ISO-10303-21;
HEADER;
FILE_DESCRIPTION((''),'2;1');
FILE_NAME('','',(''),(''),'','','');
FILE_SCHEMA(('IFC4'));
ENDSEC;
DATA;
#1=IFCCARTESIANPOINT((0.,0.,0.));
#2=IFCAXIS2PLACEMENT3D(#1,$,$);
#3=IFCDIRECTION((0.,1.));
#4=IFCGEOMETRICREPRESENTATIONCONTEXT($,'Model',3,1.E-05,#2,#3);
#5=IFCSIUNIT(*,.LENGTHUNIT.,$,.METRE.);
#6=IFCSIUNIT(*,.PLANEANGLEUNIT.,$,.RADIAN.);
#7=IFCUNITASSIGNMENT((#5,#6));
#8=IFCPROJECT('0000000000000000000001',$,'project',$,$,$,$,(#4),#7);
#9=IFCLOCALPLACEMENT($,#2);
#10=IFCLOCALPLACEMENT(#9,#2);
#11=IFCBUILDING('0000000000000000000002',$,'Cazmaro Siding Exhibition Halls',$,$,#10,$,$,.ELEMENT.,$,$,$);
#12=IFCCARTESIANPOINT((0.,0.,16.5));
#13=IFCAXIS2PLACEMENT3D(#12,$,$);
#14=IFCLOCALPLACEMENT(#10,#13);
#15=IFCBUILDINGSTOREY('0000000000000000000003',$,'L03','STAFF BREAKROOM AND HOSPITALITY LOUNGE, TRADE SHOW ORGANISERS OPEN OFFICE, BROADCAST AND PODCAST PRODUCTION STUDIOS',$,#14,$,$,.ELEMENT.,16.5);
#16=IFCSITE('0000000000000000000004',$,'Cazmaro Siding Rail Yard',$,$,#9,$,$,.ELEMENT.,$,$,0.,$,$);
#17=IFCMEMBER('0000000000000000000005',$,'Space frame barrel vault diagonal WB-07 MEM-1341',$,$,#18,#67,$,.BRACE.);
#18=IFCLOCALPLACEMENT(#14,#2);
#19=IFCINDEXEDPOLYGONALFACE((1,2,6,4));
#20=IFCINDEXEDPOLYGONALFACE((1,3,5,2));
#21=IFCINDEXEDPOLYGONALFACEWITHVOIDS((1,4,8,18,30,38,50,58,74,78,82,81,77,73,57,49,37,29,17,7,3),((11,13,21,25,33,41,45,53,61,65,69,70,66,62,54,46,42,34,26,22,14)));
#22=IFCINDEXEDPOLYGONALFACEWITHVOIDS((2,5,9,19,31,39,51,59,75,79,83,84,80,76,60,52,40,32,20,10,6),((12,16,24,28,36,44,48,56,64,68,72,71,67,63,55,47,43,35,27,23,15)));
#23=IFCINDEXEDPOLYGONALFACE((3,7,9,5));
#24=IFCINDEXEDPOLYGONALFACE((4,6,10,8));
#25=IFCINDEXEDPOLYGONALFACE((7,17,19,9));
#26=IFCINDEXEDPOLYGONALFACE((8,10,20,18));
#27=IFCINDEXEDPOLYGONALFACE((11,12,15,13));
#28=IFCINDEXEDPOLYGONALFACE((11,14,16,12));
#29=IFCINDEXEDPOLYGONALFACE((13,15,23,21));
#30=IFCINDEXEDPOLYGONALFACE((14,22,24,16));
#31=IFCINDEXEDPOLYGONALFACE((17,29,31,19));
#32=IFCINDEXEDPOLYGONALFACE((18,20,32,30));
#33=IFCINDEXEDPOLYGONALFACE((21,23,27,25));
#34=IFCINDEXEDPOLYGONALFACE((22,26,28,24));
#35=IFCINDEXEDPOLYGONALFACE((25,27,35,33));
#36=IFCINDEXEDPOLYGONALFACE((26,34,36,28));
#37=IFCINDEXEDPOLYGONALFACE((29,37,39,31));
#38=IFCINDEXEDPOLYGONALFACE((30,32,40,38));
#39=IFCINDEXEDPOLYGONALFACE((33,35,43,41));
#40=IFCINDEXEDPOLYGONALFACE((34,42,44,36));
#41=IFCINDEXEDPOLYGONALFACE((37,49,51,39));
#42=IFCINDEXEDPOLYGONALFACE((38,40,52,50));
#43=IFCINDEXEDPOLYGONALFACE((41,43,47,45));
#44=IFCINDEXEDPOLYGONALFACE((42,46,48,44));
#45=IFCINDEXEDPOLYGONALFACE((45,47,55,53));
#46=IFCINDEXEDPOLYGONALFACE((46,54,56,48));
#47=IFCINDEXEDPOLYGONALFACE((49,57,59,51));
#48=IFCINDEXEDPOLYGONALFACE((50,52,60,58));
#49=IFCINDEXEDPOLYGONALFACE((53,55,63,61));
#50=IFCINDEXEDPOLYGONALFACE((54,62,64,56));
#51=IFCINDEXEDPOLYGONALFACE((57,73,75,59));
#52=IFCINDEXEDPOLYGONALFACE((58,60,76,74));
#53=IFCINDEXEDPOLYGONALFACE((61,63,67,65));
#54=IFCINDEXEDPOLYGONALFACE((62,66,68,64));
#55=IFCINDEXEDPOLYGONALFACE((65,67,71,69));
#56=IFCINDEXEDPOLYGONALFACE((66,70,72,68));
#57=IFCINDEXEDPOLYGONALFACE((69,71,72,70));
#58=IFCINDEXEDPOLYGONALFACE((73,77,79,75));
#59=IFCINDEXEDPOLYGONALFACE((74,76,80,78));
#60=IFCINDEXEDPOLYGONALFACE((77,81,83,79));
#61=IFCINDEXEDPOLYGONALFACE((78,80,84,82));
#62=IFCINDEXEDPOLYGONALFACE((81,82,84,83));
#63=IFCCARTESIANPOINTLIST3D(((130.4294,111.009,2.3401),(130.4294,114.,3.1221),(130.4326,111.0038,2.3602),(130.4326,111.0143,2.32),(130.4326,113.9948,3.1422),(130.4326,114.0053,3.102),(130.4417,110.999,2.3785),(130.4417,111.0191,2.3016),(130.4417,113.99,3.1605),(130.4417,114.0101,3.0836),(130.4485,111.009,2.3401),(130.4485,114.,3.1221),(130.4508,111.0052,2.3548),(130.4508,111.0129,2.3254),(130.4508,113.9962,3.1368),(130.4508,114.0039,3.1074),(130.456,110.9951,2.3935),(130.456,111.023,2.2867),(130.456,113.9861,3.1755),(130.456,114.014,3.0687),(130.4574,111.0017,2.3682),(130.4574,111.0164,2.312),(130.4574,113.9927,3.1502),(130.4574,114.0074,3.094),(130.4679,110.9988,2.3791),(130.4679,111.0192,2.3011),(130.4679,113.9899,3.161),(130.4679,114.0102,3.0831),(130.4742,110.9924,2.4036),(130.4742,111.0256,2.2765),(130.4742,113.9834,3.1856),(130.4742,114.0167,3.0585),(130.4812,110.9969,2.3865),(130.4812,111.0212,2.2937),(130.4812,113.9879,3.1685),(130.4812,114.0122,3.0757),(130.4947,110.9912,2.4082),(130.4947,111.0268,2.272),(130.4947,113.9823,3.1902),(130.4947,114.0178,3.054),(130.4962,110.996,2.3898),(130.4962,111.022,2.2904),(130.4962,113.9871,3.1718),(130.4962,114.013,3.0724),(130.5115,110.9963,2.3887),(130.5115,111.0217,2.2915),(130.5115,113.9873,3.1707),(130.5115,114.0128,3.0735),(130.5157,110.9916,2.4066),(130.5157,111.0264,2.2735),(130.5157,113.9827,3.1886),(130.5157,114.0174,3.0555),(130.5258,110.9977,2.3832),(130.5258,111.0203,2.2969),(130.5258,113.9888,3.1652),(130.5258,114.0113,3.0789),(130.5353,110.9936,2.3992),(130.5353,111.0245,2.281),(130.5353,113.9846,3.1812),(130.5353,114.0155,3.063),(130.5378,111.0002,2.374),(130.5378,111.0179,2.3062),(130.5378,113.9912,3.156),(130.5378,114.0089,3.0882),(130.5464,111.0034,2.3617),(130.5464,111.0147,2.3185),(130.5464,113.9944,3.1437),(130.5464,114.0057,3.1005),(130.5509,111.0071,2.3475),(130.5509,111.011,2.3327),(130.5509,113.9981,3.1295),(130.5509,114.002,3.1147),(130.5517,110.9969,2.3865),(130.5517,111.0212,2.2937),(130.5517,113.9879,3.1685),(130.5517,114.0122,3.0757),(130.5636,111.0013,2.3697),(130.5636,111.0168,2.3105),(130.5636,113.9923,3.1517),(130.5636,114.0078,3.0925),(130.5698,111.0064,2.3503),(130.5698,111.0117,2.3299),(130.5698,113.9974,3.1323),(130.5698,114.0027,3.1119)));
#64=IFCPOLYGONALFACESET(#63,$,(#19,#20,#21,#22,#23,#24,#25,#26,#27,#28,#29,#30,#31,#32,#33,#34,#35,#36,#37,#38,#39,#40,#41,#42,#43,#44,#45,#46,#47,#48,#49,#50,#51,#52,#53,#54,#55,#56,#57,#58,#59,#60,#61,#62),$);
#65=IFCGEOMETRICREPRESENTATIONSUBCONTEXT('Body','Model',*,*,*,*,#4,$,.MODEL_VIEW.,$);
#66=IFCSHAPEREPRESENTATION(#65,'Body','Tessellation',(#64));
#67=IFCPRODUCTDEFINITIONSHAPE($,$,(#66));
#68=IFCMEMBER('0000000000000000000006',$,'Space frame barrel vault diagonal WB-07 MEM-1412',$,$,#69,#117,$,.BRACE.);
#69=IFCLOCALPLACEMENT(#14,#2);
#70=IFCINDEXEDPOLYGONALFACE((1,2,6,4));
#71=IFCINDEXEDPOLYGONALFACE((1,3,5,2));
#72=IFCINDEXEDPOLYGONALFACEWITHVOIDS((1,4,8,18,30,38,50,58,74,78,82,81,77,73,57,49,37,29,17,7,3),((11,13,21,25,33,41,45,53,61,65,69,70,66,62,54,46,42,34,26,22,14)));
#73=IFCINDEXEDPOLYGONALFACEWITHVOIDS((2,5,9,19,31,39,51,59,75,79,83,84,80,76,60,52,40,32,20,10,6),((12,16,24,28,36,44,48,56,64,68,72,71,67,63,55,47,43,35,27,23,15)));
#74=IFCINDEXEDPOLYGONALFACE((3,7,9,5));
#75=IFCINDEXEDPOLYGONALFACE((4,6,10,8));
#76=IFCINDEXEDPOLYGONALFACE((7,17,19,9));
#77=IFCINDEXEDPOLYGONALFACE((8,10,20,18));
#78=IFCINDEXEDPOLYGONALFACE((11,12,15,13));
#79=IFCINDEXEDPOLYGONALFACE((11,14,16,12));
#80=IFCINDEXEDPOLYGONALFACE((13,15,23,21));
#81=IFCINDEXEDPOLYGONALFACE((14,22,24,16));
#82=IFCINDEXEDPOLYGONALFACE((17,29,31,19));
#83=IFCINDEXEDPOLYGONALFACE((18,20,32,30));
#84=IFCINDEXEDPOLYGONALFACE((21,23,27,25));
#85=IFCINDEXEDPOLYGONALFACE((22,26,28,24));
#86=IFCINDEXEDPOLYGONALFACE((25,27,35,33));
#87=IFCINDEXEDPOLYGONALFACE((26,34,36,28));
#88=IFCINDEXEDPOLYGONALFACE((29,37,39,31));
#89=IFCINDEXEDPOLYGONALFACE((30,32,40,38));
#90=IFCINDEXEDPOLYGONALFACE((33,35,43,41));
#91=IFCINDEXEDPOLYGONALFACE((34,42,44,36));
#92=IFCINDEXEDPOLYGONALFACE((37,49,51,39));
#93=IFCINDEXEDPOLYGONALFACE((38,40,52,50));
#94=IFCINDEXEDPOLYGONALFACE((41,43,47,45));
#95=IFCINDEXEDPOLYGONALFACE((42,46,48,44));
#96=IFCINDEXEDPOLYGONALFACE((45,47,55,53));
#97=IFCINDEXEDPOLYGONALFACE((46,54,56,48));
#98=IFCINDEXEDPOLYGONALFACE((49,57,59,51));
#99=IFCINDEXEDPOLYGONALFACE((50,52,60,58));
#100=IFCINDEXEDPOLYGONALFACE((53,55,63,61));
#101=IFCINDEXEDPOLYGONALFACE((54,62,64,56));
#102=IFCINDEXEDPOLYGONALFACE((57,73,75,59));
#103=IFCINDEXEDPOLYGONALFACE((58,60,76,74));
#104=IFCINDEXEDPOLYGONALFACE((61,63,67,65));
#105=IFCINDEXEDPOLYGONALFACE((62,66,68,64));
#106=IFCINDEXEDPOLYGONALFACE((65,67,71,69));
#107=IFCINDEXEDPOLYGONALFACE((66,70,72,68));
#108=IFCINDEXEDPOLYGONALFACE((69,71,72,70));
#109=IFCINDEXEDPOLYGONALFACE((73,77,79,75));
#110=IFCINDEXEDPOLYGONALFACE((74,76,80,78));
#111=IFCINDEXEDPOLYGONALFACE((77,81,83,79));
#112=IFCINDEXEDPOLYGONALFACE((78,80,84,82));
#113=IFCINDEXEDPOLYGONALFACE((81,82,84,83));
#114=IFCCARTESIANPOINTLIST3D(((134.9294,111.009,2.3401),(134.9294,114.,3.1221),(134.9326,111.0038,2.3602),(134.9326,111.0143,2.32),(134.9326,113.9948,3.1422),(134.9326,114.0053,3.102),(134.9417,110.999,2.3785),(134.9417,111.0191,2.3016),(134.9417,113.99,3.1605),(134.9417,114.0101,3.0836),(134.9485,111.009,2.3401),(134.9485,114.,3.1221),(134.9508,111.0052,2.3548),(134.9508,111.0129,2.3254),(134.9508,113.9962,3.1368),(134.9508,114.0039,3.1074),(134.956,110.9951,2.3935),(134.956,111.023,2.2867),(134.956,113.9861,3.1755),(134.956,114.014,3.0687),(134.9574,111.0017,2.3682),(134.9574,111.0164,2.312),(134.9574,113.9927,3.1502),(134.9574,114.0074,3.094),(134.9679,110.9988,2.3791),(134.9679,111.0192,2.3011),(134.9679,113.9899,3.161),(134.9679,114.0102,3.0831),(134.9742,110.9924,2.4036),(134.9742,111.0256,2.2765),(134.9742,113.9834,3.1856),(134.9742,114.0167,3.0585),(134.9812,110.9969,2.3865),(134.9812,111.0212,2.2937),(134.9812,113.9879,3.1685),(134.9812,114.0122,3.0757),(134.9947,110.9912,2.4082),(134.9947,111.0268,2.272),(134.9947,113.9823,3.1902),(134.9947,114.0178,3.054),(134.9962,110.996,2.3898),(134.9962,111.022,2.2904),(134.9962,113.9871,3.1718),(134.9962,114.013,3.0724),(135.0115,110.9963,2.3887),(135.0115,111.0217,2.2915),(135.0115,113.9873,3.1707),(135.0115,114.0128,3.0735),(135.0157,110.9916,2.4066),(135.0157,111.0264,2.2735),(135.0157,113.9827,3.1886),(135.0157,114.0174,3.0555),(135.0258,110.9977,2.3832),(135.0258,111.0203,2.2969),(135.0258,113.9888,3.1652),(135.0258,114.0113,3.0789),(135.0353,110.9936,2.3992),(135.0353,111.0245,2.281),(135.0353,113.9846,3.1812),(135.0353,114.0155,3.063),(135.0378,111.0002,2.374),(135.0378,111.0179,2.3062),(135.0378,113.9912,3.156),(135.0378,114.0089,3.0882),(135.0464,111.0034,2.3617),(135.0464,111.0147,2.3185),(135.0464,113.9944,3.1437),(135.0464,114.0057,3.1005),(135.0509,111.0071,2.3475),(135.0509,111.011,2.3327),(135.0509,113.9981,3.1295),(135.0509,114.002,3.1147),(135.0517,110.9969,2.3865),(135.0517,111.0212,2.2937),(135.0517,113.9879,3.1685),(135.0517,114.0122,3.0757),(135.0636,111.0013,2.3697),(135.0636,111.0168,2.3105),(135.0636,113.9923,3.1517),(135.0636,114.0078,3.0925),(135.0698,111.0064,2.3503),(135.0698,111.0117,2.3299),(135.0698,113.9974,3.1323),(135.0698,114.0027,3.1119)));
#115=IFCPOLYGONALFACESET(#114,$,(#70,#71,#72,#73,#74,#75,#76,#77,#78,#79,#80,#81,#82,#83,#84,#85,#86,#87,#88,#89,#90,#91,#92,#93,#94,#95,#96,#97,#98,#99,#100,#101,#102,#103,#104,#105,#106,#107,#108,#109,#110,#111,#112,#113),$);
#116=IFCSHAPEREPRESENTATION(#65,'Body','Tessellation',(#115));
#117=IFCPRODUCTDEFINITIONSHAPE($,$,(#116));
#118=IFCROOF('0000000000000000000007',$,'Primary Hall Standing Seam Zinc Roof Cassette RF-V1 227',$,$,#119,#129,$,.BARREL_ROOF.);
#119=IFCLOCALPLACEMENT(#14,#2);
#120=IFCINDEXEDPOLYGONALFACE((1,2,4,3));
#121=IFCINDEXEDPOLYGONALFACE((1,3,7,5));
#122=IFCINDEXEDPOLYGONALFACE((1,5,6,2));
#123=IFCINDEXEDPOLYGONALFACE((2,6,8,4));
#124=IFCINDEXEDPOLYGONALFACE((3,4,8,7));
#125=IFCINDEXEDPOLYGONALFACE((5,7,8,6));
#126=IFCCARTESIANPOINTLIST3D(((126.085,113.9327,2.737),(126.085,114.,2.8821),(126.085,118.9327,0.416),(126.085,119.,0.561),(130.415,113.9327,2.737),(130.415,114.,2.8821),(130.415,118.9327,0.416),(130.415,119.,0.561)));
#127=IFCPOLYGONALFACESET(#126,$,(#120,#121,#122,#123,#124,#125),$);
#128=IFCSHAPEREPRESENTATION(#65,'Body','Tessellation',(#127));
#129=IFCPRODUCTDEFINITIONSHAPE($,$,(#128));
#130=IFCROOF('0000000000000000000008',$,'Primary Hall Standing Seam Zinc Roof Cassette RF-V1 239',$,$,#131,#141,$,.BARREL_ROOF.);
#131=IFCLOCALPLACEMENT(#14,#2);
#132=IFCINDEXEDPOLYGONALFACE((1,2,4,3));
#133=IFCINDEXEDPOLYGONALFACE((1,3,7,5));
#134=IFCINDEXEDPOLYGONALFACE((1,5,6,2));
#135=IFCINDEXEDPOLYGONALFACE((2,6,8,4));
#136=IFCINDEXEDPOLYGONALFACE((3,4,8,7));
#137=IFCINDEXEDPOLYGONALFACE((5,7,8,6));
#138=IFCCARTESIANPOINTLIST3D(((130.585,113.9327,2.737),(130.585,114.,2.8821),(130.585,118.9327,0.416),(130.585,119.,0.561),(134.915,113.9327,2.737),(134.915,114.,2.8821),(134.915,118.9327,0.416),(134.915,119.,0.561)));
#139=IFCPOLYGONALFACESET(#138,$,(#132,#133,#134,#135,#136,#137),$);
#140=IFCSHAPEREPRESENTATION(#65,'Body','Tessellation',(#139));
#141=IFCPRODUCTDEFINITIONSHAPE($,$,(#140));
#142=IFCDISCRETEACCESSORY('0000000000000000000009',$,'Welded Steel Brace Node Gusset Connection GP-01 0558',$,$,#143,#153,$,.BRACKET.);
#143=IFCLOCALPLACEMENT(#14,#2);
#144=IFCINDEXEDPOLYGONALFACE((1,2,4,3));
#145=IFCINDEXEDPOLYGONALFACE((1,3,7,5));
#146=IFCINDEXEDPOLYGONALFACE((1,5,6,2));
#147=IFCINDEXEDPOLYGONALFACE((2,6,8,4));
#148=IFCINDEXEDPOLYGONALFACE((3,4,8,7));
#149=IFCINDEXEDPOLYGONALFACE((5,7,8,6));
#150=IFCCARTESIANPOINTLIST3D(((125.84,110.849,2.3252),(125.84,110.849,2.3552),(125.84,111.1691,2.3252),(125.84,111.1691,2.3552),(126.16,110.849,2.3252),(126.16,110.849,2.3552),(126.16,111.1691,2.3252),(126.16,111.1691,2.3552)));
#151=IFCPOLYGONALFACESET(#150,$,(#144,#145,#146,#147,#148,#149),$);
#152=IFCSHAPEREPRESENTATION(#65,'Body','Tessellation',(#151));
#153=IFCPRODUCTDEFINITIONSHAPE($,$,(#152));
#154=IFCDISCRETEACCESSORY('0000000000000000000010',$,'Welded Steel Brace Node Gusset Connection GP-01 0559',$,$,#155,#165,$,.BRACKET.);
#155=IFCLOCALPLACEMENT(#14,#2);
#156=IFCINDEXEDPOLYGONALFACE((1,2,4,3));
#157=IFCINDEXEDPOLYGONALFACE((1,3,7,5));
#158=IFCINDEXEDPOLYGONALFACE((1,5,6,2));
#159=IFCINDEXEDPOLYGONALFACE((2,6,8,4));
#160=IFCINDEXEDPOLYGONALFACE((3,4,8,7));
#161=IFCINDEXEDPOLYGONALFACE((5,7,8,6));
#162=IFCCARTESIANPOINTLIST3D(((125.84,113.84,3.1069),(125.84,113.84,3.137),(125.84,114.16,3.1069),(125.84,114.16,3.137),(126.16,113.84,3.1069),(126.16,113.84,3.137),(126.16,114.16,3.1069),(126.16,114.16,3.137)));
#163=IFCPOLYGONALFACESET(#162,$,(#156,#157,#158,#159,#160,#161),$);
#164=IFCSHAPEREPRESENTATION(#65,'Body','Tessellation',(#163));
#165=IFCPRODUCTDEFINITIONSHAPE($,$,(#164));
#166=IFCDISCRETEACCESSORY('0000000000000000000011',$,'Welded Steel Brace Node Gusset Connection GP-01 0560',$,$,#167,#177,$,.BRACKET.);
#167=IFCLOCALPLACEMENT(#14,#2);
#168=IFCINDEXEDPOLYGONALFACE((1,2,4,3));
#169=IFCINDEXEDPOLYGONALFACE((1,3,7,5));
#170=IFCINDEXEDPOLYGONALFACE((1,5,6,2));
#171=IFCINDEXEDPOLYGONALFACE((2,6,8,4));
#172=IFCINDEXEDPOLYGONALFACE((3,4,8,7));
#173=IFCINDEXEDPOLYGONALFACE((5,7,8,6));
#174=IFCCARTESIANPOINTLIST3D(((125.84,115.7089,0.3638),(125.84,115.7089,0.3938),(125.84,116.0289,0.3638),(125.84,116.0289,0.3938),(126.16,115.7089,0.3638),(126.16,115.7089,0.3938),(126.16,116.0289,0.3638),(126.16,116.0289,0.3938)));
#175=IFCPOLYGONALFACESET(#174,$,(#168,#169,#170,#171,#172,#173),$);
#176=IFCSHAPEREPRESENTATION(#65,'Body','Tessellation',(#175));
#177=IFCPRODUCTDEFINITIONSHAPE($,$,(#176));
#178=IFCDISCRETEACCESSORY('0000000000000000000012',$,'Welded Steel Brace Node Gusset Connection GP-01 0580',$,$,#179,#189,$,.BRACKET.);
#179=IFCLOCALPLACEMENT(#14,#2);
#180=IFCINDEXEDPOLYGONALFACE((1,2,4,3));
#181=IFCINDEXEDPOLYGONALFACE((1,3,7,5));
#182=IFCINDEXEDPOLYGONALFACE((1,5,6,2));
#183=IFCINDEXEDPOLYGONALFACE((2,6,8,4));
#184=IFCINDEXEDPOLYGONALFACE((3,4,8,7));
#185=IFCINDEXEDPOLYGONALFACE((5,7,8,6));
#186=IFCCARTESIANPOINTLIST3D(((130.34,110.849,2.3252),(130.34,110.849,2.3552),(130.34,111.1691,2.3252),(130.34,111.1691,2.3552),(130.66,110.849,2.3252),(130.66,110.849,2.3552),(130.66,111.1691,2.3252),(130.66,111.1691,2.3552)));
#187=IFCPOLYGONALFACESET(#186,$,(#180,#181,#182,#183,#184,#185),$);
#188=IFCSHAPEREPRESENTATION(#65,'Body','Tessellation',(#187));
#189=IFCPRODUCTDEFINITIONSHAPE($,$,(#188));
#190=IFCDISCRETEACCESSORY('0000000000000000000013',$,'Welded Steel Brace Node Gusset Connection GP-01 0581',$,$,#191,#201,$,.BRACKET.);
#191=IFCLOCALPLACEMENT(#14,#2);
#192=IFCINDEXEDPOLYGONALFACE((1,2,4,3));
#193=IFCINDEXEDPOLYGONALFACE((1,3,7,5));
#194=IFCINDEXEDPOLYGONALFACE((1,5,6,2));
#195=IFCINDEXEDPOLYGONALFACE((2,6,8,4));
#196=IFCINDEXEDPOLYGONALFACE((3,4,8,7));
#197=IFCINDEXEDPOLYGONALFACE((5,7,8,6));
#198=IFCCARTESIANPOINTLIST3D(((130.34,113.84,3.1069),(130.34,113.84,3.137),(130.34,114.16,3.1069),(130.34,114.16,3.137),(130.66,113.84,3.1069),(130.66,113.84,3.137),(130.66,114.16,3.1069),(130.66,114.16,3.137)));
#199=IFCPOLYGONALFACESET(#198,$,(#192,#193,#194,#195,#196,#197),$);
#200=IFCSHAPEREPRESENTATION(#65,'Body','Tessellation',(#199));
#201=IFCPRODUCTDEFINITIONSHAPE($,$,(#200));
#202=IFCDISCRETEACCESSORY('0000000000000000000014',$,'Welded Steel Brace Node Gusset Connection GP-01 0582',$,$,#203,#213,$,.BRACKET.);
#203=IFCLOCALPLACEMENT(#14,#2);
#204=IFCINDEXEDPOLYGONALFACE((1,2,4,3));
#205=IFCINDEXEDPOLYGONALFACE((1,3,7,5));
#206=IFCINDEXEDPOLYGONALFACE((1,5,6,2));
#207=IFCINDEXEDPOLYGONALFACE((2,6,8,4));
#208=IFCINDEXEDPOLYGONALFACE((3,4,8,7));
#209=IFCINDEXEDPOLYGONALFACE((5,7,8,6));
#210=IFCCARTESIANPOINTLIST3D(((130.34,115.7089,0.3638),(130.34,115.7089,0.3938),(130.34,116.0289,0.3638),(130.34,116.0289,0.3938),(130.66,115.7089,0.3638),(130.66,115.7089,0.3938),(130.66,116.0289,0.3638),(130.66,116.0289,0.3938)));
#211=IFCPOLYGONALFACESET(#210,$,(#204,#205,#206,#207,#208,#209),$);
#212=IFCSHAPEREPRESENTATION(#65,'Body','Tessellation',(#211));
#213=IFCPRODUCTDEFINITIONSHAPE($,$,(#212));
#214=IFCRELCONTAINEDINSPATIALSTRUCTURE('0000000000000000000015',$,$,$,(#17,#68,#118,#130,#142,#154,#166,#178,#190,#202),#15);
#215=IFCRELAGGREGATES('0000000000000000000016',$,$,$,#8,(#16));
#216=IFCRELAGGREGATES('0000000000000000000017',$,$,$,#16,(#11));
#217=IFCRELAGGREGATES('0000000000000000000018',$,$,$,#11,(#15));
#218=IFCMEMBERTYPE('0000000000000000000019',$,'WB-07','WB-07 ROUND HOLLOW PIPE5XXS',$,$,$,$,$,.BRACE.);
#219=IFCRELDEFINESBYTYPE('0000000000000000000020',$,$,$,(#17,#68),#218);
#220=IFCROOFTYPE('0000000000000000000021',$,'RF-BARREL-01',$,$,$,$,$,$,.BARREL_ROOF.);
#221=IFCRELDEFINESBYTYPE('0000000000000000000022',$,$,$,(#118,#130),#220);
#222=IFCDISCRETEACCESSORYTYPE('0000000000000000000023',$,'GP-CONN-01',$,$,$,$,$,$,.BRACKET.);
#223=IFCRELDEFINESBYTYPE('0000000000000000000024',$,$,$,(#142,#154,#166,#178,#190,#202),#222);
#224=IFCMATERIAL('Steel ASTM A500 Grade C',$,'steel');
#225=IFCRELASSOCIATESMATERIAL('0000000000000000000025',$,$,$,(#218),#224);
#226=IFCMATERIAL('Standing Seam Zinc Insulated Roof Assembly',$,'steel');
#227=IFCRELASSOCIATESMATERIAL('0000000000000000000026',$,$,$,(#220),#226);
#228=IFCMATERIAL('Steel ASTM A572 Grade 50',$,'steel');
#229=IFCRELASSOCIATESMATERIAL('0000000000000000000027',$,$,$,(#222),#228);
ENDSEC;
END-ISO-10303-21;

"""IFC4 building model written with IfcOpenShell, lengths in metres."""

from ifc_helpers import new_model, si_unit, direction, frame, origin, origin_2d, place, context, subcontext, project, spatial, polyline, rectangle, hollow_circle, outline, extrude, material, material_profile, profile_set, type_object, element, save


model = new_model("IFC4")

# Units and contexts
model_context = context("Model", 3, precision=1e-05, world=origin(), true_north=direction((0.0, 1.0)))
body_context = subcontext(model_context, "Body", "Model", "MODEL_VIEW")
ifc_project = project(units=[si_unit("LENGTHUNIT", "METRE"), si_unit("PLANEANGLEUNIT", "RADIAN")], contexts=[model_context])

# Site, building, storey
site_placement = place(None, origin())
site = spatial("IfcSite", under=ifc_project, at=site_placement, Name="Cazmaro Siding Rail Yard", CompositionType="ELEMENT", RefElevation=0.0)
building_placement = place(site_placement, origin())
building = spatial("IfcBuilding", under=site, at=building_placement, Name="Cazmaro Siding Exhibition Halls", CompositionType="ELEMENT")
storey_placement = place(building_placement, frame((0.0, 0.0, 16.5)))
storey = spatial("IfcBuildingStorey", under=building, at=storey_placement, Name="L03", Description="STAFF BREAKROOM AND HOSPITALITY LOUNGE, TRADE SHOW ORGANISERS OPEN OFFICE, BROADCAST AND PODCAST PRODUCTION STUDIOS", CompositionType="ELEMENT", Elevation=16.5)

# Members
ifc_material_1 = material(Name="Steel ASTM A500 Grade C", Category="steel")
ifc_material_profile_1 = material_profile(ifc_material_1, hollow_circle(Radius=0.0706, WallThickness=0.019, at=origin_2d()), Name="PIPE5XXS")
ifc_profile_set_1 = profile_set([ifc_material_profile_1], Name="Steel ASTM A500 Grade C")
member_type_1 = type_object("IfcMemberType", Name="WB-07", Description="WB-07 ROUND HOLLOW PIPE5XXS", PredefinedType="BRACE", material=ifc_profile_set_1)
for number, where, z_axis, x_axis, name in (
    (1, (130.5, 111.009, 2.3401), (0.0, 0.96748, 0.252946), (-1.0, 0.0, 0.0), "Space frame barrel vault diagonal WB-07 MEM-1341"),
    (2, (135.0, 111.009, 2.3401), (0.0, 0.96748, 0.252946), (-1.0, 0.0, 0.0), "Space frame barrel vault diagonal WB-07 MEM-1412"),
):
    element("IfcMember", number, at=place(storey_placement, frame(where, z_axis=z_axis, x_axis=x_axis)), inside=storey, type_object=member_type_1, Name=name, PredefinedType="BRACE", context=body_context, shape_type="SweptSolid", body=[
        extrude(hollow_circle(Radius=0.0706, WallThickness=0.019, at=origin_2d()), origin(), (0.0, 0.0, 1.0), 3.0916),
    ])

# Roofs
ifc_material_2 = material(Name="Standing Seam Zinc Insulated Roof Assembly", Category="steel")
roof_type = type_object("IfcRoofType", Name="RF-BARREL-01", PredefinedType="BARREL_ROOF", material=ifc_material_2)
for number, where, z_axis, x_axis, name in (
    (3, (126.085, 114.0, 2.8821), (0.0, 0.421054, 0.907036), (1.0, 0.0, 0.0), "Primary Hall Standing Seam Zinc Roof Cassette RF-V1 227"),
    (4, (130.585, 114.0, 2.8821), (0.0, 0.421054, 0.907036), (1.0, 0.0, 0.0), "Primary Hall Standing Seam Zinc Roof Cassette RF-V1 239"),
):
    element("IfcRoof", number, at=place(storey_placement, frame(where, z_axis=z_axis, x_axis=x_axis)), inside=storey, type_object=roof_type, Name=name, PredefinedType="BARREL_ROOF", context=body_context, shape_type="SweptSolid", body=[
        extrude(outline(polyline([(0.0, 0.0), (4.3301, 0.0), (4.3301, 5.5125), (0.0, 5.5125), (0.0, 0.0)])), origin(), (0.0, 0.0, -1.0), 0.1599),
    ])

# Discrete accessories
ifc_material_3 = material(Name="Steel ASTM A572 Grade 50", Category="steel")
discrete_accessory_type = type_object("IfcDiscreteAccessoryType", Name="GP-CONN-01", PredefinedType="BRACKET", material=ifc_material_3)
for number, where, z_axis, x_axis, name in (
    (5, (126.0, 111.009, 2.3252), (0.0, 0.0, 1.0), (1.0, 0.0, 0.0), "Welded Steel Brace Node Gusset Connection GP-01 0558"),
    (6, (126.0, 114.0, 3.1069), (0.0, 0.0, 1.0), (1.0, 0.0, 0.0), "Welded Steel Brace Node Gusset Connection GP-01 0559"),
    (7, (126.0, 115.8689, 0.3638), (0.0, 0.0, 1.0), (1.0, 0.0, 0.0), "Welded Steel Brace Node Gusset Connection GP-01 0560"),
    (8, (130.5, 111.009, 2.3252), (0.0, 0.0, 1.0), (1.0, 0.0, 0.0), "Welded Steel Brace Node Gusset Connection GP-01 0580"),
    (9, (130.5, 114.0, 3.1069), (0.0, 0.0, 1.0), (1.0, 0.0, 0.0), "Welded Steel Brace Node Gusset Connection GP-01 0581"),
    (10, (130.5, 115.8689, 0.3638), (0.0, 0.0, 1.0), (1.0, 0.0, 0.0), "Welded Steel Brace Node Gusset Connection GP-01 0582"),
):
    element("IfcDiscreteAccessory", number, at=place(storey_placement, frame(where, z_axis=z_axis, x_axis=x_axis)), inside=storey, type_object=discrete_accessory_type, Name=name, PredefinedType="BRACKET", context=body_context, shape_type="SweptSolid", body=[
        extrude(rectangle(XDim=0.3201, YDim=0.3201, at=origin_2d()), origin(), (0.0, 0.0, 1.0), 0.03),
    ])

save(model, "model.ifc")
